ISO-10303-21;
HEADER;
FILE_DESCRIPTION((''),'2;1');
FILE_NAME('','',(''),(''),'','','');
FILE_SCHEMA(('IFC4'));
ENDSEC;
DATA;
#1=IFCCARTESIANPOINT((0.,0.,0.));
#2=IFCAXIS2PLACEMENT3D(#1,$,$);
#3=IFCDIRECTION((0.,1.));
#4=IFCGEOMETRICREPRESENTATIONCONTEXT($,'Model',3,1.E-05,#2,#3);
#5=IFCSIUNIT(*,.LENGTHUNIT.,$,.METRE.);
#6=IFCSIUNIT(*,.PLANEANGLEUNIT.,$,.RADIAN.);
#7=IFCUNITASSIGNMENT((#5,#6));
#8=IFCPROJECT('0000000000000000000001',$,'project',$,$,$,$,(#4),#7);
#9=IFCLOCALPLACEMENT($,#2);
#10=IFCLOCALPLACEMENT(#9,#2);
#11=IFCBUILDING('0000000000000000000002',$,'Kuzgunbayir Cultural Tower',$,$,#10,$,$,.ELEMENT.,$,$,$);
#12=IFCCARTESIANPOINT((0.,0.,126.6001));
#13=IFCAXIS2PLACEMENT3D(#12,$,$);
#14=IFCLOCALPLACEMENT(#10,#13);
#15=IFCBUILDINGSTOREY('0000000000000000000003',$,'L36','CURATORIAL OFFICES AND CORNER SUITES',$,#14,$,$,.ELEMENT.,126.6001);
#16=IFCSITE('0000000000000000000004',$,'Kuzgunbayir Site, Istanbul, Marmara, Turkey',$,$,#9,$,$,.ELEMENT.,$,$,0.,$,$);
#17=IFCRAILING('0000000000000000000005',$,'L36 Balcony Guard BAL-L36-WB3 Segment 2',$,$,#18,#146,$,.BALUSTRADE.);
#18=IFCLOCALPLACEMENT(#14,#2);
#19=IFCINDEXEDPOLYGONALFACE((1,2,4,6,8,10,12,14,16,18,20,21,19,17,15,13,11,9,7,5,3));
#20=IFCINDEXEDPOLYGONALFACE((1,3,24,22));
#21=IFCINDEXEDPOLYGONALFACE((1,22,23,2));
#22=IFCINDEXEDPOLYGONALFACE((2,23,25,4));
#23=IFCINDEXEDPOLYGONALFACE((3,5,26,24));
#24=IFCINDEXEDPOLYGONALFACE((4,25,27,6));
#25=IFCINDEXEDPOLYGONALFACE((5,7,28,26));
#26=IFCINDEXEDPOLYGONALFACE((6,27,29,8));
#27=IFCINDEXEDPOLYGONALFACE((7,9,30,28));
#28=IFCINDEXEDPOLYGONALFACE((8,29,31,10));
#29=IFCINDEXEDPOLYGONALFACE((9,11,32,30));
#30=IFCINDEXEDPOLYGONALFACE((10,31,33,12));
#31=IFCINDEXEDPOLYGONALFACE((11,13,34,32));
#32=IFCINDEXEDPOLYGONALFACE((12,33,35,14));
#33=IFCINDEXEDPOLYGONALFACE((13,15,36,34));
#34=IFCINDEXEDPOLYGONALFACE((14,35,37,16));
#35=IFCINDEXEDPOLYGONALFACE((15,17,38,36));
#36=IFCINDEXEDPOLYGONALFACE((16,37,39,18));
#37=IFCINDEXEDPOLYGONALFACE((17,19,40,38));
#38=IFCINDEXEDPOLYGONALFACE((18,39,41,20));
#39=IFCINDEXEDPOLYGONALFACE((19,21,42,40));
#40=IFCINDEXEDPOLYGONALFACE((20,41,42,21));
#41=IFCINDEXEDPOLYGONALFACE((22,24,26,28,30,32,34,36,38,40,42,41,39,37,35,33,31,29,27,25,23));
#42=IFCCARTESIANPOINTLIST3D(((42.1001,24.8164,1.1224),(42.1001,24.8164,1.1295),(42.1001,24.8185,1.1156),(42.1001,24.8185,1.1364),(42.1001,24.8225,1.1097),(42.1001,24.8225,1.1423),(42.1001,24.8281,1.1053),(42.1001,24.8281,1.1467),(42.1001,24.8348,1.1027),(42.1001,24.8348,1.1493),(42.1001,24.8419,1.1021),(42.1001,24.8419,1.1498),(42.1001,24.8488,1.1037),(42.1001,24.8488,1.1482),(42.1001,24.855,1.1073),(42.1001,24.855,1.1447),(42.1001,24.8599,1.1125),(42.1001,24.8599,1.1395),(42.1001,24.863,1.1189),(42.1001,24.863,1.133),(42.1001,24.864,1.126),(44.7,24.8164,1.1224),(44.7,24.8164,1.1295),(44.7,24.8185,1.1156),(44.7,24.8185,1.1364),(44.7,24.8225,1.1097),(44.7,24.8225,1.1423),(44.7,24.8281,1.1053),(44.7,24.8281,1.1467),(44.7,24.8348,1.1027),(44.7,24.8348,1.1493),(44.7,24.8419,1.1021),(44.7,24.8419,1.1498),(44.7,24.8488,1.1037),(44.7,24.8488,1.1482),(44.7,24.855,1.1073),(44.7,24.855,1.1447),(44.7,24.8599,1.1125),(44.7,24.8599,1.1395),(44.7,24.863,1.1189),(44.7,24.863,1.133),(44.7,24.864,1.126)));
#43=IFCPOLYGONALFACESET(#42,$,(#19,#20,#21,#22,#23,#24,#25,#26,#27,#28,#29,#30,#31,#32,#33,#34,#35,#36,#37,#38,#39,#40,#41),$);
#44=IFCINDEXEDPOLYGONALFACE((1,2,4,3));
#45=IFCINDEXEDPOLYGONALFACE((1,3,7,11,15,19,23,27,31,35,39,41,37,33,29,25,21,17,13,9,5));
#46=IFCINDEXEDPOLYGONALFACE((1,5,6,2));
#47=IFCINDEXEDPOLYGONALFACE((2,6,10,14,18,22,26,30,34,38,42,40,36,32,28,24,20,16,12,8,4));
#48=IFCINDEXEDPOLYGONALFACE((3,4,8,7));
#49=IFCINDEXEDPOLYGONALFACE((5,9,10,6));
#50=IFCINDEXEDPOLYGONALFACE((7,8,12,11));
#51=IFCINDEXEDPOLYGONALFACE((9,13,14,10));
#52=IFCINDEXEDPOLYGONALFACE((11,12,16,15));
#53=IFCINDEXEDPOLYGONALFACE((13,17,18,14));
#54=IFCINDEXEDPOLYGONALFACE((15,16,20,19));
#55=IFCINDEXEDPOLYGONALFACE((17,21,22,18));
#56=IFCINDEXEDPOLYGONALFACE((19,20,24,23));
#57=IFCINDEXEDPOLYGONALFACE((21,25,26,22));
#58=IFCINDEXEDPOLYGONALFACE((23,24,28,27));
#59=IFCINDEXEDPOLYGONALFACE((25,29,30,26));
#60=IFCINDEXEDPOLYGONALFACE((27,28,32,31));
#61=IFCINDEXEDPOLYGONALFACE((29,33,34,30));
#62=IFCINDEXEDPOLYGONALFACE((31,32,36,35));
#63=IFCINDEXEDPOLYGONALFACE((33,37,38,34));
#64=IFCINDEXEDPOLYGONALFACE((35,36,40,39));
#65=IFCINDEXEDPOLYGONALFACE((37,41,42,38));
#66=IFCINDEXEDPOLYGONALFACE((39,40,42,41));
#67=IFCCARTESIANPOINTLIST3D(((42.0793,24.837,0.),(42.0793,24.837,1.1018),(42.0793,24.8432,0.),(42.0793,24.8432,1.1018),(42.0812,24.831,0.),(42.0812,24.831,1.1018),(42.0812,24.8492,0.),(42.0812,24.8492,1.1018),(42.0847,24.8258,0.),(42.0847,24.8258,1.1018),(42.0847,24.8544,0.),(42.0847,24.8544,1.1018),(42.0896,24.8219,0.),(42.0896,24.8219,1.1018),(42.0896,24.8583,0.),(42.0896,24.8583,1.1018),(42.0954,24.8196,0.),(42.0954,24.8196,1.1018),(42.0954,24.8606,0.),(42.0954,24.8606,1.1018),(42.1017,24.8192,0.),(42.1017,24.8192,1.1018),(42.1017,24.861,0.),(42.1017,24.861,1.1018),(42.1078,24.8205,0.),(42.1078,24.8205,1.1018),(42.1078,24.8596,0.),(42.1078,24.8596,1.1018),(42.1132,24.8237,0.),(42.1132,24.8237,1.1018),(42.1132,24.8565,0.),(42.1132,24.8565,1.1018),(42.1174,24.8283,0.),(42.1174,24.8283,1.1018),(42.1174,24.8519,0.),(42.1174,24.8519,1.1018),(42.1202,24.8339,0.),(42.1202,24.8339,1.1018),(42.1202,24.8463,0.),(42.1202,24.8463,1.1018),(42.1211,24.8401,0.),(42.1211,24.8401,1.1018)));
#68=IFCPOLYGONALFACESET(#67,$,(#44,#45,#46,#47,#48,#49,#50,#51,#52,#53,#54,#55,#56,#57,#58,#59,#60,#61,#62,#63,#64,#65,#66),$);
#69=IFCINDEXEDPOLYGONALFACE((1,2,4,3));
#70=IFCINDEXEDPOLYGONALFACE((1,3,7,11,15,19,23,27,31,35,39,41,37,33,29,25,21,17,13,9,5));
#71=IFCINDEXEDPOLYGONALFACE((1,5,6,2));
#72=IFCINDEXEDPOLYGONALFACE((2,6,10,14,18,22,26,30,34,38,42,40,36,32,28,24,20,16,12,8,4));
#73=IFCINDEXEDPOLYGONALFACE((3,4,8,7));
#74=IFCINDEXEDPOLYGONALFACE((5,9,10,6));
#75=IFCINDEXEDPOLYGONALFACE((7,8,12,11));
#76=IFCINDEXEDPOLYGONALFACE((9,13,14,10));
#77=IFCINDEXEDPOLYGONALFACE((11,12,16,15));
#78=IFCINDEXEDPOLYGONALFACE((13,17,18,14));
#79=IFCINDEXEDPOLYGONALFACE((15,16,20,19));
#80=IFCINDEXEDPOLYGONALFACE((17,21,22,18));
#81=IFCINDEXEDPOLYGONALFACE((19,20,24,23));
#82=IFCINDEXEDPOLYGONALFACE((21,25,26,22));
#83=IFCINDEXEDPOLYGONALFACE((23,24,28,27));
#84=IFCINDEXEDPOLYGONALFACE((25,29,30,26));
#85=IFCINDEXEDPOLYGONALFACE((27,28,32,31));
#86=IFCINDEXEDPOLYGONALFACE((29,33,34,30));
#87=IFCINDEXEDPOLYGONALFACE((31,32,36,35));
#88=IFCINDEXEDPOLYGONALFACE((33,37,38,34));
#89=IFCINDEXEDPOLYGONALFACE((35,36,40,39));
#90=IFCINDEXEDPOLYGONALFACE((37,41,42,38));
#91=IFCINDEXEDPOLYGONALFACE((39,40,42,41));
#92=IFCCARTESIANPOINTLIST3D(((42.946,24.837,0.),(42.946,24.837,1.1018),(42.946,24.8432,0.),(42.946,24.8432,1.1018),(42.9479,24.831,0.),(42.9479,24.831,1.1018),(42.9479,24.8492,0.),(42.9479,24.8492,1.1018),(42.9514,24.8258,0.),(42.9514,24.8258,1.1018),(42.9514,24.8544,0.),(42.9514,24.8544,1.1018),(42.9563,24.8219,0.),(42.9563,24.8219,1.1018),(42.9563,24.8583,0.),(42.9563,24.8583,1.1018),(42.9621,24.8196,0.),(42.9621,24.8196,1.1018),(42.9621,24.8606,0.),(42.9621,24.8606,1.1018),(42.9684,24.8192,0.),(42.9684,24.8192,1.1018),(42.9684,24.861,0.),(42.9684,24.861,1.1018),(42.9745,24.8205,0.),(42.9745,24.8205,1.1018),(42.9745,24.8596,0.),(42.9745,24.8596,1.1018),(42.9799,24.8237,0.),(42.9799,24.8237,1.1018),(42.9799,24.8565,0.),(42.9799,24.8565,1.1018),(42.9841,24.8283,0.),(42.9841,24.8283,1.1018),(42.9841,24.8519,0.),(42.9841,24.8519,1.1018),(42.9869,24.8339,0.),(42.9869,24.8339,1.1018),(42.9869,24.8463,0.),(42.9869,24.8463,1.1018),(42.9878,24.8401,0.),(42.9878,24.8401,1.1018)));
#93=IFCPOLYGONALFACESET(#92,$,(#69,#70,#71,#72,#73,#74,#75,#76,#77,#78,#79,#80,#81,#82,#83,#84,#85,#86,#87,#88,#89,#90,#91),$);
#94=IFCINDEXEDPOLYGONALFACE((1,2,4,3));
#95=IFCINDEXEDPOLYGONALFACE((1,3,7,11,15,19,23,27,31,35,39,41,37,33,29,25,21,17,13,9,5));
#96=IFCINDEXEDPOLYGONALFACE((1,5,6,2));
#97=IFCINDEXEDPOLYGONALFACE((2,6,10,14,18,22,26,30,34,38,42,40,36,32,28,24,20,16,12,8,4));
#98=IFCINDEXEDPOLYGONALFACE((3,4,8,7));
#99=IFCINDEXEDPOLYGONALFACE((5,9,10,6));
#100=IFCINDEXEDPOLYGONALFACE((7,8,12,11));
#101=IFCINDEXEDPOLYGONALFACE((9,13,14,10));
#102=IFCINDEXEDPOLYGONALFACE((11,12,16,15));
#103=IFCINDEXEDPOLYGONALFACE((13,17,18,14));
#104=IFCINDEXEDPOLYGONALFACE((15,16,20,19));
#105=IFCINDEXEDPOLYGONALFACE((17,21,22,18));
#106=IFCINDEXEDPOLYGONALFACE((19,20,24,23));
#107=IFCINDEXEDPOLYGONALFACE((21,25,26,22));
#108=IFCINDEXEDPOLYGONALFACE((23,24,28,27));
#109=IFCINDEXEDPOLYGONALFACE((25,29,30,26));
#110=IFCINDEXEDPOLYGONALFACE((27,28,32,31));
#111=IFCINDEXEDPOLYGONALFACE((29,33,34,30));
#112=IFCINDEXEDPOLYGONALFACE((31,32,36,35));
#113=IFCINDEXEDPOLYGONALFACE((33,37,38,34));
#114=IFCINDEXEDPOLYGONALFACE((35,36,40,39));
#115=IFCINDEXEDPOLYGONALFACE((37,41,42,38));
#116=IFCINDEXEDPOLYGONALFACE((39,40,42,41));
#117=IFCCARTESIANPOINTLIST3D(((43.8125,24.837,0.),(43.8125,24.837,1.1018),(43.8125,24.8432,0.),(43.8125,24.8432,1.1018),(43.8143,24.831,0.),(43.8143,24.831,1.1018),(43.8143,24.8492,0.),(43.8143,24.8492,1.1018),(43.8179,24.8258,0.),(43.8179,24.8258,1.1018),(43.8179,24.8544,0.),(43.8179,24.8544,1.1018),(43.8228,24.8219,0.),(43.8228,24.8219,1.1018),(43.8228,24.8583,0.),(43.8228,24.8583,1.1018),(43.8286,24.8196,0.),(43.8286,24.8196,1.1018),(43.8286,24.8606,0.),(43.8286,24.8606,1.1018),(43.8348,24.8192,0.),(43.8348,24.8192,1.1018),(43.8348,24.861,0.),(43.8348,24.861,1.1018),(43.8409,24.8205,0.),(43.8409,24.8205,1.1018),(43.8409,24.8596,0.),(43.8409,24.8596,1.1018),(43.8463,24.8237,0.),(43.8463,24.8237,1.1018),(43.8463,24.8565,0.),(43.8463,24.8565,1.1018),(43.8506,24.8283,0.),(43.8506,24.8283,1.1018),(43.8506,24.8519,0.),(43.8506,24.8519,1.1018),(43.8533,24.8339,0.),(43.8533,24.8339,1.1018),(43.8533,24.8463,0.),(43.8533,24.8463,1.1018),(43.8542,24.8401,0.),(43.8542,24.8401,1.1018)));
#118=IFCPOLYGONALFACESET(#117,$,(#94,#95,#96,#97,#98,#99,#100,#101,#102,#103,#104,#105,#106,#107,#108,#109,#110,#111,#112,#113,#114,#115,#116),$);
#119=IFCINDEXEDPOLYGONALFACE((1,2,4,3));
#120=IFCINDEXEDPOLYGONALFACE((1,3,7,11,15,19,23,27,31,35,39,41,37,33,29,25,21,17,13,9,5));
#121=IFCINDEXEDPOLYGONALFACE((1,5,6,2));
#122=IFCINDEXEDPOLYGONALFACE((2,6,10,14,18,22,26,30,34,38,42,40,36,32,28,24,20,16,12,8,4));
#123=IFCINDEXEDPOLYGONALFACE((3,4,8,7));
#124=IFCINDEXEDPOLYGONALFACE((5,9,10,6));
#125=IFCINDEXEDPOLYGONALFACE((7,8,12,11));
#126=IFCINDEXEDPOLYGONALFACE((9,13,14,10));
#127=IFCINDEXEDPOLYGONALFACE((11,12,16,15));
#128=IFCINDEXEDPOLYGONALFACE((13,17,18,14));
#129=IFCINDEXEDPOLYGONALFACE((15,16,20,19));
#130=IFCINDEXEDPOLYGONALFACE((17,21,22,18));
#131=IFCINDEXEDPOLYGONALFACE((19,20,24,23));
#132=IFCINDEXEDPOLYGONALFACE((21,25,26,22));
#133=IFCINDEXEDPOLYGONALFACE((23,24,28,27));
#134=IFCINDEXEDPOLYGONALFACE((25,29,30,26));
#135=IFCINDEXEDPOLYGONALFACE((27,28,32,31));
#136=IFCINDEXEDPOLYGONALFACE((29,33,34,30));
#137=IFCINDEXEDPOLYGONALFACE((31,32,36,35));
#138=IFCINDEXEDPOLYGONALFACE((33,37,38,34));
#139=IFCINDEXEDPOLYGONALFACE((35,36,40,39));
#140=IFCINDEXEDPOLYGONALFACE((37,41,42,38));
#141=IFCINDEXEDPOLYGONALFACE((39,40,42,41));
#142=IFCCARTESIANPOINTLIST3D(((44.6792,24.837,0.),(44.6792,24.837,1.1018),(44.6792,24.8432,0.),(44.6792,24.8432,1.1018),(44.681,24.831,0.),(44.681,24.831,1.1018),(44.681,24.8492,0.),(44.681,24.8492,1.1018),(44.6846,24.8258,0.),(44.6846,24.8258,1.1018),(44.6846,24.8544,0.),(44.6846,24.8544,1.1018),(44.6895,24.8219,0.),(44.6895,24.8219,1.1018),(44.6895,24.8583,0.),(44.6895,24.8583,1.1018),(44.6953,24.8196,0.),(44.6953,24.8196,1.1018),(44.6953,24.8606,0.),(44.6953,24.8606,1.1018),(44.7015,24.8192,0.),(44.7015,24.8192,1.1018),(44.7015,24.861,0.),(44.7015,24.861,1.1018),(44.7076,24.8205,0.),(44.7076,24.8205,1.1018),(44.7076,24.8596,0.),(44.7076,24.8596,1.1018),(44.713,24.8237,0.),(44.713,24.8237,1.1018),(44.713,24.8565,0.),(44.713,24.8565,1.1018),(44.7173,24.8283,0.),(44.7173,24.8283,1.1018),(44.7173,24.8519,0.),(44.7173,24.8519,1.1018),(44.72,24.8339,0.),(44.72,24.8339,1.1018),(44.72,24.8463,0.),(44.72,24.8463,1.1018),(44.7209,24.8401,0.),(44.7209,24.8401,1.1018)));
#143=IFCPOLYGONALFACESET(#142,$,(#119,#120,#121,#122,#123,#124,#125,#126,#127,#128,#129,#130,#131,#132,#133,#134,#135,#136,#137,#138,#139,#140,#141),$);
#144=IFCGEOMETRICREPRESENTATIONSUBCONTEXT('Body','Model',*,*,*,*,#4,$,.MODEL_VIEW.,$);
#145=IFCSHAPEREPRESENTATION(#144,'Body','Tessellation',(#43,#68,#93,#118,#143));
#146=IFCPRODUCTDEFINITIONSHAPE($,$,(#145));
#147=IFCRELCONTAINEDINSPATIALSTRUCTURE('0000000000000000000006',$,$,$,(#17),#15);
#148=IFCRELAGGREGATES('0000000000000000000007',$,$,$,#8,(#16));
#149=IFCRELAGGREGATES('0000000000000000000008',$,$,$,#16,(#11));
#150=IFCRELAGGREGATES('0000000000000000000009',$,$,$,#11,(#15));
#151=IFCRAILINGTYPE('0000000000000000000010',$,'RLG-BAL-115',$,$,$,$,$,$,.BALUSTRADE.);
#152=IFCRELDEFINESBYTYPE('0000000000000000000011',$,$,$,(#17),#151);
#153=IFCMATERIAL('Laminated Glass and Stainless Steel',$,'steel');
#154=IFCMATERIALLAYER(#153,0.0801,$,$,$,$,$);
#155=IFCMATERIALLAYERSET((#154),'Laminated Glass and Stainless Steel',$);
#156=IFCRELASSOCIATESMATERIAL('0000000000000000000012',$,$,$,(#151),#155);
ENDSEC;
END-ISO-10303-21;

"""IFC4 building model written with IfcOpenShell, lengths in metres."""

from ifc_helpers import new_model, si_unit, direction, frame, origin, origin_2d, place, context, subcontext, project, spatial, circle, extrude, material, layer, layer_set, type_object, element, save


model = new_model("IFC4")

# Units and contexts
model_context = context("Model", 3, precision=1e-05, world=origin(), true_north=direction((0.0, 1.0)))
body_context = subcontext(model_context, "Body", "Model", "MODEL_VIEW")
ifc_project = project(units=[si_unit("LENGTHUNIT", "METRE"), si_unit("PLANEANGLEUNIT", "RADIAN")], contexts=[model_context])

# Site, building, storey
site_placement = place(None, origin())
site = spatial("IfcSite", under=ifc_project, at=site_placement, Name="Kuzgunbayir Site, Istanbul, Marmara, Turkey", CompositionType="ELEMENT", RefElevation=0.0)
building_placement = place(site_placement, origin())
building = spatial("IfcBuilding", under=site, at=building_placement, Name="Kuzgunbayir Cultural Tower", CompositionType="ELEMENT")
storey_placement = place(building_placement, frame((0.0, 0.0, 126.6001)))
storey = spatial("IfcBuildingStorey", under=building, at=storey_placement, Name="L36", Description="CURATORIAL OFFICES AND CORNER SUITES", CompositionType="ELEMENT", Elevation=126.6001)

# Railing
ifc_material_1 = material(Name="Laminated Glass and Stainless Steel", Category="steel")
ifc_layer_1 = layer(ifc_material_1, 0.0801)
ifc_layer_set_1 = layer_set([ifc_layer_1], Name="Laminated Glass and Stainless Steel")
railing_type = type_object("IfcRailingType", Name="RLG-BAL-115", PredefinedType="BALUSTRADE", material=ifc_layer_set_1)
railing_1_placement = place(storey_placement, frame((42.1001, 24.8401, 0.0)))
element("IfcRailing", 1, at=railing_1_placement, inside=storey, type_object=railing_type, Name="L36 Balcony Guard BAL-L36-WB3 Segment 2", PredefinedType="BALUSTRADE", context=body_context, shape_type="SweptSolid", body=[
    extrude(circle(Radius=0.0239, at=origin_2d()), frame((0.0, 0.0, 1.126), z_axis=(1.0, 0.0, 0.0), x_axis=(0.0, 1.0, 0.0)), (0.0, 0.0, 1.0), 2.5999),
    extrude(circle(Radius=0.021, at=origin_2d()), origin(), (0.0, 0.0, 1.0), 1.1018),
    extrude(circle(Radius=0.021, at=origin_2d()), frame((0.8667, 0.0, 0.0)), (0.0, 0.0, 1.0), 1.1018),
    extrude(circle(Radius=0.021, at=origin_2d()), frame((1.7332, 0.0, 0.0)), (0.0, 0.0, 1.0), 1.1018),
    extrude(circle(Radius=0.021, at=origin_2d()), frame((2.5999, 0.0, 0.0)), (0.0, 0.0, 1.0), 1.1018),
])

save(model, "model.ifc")
